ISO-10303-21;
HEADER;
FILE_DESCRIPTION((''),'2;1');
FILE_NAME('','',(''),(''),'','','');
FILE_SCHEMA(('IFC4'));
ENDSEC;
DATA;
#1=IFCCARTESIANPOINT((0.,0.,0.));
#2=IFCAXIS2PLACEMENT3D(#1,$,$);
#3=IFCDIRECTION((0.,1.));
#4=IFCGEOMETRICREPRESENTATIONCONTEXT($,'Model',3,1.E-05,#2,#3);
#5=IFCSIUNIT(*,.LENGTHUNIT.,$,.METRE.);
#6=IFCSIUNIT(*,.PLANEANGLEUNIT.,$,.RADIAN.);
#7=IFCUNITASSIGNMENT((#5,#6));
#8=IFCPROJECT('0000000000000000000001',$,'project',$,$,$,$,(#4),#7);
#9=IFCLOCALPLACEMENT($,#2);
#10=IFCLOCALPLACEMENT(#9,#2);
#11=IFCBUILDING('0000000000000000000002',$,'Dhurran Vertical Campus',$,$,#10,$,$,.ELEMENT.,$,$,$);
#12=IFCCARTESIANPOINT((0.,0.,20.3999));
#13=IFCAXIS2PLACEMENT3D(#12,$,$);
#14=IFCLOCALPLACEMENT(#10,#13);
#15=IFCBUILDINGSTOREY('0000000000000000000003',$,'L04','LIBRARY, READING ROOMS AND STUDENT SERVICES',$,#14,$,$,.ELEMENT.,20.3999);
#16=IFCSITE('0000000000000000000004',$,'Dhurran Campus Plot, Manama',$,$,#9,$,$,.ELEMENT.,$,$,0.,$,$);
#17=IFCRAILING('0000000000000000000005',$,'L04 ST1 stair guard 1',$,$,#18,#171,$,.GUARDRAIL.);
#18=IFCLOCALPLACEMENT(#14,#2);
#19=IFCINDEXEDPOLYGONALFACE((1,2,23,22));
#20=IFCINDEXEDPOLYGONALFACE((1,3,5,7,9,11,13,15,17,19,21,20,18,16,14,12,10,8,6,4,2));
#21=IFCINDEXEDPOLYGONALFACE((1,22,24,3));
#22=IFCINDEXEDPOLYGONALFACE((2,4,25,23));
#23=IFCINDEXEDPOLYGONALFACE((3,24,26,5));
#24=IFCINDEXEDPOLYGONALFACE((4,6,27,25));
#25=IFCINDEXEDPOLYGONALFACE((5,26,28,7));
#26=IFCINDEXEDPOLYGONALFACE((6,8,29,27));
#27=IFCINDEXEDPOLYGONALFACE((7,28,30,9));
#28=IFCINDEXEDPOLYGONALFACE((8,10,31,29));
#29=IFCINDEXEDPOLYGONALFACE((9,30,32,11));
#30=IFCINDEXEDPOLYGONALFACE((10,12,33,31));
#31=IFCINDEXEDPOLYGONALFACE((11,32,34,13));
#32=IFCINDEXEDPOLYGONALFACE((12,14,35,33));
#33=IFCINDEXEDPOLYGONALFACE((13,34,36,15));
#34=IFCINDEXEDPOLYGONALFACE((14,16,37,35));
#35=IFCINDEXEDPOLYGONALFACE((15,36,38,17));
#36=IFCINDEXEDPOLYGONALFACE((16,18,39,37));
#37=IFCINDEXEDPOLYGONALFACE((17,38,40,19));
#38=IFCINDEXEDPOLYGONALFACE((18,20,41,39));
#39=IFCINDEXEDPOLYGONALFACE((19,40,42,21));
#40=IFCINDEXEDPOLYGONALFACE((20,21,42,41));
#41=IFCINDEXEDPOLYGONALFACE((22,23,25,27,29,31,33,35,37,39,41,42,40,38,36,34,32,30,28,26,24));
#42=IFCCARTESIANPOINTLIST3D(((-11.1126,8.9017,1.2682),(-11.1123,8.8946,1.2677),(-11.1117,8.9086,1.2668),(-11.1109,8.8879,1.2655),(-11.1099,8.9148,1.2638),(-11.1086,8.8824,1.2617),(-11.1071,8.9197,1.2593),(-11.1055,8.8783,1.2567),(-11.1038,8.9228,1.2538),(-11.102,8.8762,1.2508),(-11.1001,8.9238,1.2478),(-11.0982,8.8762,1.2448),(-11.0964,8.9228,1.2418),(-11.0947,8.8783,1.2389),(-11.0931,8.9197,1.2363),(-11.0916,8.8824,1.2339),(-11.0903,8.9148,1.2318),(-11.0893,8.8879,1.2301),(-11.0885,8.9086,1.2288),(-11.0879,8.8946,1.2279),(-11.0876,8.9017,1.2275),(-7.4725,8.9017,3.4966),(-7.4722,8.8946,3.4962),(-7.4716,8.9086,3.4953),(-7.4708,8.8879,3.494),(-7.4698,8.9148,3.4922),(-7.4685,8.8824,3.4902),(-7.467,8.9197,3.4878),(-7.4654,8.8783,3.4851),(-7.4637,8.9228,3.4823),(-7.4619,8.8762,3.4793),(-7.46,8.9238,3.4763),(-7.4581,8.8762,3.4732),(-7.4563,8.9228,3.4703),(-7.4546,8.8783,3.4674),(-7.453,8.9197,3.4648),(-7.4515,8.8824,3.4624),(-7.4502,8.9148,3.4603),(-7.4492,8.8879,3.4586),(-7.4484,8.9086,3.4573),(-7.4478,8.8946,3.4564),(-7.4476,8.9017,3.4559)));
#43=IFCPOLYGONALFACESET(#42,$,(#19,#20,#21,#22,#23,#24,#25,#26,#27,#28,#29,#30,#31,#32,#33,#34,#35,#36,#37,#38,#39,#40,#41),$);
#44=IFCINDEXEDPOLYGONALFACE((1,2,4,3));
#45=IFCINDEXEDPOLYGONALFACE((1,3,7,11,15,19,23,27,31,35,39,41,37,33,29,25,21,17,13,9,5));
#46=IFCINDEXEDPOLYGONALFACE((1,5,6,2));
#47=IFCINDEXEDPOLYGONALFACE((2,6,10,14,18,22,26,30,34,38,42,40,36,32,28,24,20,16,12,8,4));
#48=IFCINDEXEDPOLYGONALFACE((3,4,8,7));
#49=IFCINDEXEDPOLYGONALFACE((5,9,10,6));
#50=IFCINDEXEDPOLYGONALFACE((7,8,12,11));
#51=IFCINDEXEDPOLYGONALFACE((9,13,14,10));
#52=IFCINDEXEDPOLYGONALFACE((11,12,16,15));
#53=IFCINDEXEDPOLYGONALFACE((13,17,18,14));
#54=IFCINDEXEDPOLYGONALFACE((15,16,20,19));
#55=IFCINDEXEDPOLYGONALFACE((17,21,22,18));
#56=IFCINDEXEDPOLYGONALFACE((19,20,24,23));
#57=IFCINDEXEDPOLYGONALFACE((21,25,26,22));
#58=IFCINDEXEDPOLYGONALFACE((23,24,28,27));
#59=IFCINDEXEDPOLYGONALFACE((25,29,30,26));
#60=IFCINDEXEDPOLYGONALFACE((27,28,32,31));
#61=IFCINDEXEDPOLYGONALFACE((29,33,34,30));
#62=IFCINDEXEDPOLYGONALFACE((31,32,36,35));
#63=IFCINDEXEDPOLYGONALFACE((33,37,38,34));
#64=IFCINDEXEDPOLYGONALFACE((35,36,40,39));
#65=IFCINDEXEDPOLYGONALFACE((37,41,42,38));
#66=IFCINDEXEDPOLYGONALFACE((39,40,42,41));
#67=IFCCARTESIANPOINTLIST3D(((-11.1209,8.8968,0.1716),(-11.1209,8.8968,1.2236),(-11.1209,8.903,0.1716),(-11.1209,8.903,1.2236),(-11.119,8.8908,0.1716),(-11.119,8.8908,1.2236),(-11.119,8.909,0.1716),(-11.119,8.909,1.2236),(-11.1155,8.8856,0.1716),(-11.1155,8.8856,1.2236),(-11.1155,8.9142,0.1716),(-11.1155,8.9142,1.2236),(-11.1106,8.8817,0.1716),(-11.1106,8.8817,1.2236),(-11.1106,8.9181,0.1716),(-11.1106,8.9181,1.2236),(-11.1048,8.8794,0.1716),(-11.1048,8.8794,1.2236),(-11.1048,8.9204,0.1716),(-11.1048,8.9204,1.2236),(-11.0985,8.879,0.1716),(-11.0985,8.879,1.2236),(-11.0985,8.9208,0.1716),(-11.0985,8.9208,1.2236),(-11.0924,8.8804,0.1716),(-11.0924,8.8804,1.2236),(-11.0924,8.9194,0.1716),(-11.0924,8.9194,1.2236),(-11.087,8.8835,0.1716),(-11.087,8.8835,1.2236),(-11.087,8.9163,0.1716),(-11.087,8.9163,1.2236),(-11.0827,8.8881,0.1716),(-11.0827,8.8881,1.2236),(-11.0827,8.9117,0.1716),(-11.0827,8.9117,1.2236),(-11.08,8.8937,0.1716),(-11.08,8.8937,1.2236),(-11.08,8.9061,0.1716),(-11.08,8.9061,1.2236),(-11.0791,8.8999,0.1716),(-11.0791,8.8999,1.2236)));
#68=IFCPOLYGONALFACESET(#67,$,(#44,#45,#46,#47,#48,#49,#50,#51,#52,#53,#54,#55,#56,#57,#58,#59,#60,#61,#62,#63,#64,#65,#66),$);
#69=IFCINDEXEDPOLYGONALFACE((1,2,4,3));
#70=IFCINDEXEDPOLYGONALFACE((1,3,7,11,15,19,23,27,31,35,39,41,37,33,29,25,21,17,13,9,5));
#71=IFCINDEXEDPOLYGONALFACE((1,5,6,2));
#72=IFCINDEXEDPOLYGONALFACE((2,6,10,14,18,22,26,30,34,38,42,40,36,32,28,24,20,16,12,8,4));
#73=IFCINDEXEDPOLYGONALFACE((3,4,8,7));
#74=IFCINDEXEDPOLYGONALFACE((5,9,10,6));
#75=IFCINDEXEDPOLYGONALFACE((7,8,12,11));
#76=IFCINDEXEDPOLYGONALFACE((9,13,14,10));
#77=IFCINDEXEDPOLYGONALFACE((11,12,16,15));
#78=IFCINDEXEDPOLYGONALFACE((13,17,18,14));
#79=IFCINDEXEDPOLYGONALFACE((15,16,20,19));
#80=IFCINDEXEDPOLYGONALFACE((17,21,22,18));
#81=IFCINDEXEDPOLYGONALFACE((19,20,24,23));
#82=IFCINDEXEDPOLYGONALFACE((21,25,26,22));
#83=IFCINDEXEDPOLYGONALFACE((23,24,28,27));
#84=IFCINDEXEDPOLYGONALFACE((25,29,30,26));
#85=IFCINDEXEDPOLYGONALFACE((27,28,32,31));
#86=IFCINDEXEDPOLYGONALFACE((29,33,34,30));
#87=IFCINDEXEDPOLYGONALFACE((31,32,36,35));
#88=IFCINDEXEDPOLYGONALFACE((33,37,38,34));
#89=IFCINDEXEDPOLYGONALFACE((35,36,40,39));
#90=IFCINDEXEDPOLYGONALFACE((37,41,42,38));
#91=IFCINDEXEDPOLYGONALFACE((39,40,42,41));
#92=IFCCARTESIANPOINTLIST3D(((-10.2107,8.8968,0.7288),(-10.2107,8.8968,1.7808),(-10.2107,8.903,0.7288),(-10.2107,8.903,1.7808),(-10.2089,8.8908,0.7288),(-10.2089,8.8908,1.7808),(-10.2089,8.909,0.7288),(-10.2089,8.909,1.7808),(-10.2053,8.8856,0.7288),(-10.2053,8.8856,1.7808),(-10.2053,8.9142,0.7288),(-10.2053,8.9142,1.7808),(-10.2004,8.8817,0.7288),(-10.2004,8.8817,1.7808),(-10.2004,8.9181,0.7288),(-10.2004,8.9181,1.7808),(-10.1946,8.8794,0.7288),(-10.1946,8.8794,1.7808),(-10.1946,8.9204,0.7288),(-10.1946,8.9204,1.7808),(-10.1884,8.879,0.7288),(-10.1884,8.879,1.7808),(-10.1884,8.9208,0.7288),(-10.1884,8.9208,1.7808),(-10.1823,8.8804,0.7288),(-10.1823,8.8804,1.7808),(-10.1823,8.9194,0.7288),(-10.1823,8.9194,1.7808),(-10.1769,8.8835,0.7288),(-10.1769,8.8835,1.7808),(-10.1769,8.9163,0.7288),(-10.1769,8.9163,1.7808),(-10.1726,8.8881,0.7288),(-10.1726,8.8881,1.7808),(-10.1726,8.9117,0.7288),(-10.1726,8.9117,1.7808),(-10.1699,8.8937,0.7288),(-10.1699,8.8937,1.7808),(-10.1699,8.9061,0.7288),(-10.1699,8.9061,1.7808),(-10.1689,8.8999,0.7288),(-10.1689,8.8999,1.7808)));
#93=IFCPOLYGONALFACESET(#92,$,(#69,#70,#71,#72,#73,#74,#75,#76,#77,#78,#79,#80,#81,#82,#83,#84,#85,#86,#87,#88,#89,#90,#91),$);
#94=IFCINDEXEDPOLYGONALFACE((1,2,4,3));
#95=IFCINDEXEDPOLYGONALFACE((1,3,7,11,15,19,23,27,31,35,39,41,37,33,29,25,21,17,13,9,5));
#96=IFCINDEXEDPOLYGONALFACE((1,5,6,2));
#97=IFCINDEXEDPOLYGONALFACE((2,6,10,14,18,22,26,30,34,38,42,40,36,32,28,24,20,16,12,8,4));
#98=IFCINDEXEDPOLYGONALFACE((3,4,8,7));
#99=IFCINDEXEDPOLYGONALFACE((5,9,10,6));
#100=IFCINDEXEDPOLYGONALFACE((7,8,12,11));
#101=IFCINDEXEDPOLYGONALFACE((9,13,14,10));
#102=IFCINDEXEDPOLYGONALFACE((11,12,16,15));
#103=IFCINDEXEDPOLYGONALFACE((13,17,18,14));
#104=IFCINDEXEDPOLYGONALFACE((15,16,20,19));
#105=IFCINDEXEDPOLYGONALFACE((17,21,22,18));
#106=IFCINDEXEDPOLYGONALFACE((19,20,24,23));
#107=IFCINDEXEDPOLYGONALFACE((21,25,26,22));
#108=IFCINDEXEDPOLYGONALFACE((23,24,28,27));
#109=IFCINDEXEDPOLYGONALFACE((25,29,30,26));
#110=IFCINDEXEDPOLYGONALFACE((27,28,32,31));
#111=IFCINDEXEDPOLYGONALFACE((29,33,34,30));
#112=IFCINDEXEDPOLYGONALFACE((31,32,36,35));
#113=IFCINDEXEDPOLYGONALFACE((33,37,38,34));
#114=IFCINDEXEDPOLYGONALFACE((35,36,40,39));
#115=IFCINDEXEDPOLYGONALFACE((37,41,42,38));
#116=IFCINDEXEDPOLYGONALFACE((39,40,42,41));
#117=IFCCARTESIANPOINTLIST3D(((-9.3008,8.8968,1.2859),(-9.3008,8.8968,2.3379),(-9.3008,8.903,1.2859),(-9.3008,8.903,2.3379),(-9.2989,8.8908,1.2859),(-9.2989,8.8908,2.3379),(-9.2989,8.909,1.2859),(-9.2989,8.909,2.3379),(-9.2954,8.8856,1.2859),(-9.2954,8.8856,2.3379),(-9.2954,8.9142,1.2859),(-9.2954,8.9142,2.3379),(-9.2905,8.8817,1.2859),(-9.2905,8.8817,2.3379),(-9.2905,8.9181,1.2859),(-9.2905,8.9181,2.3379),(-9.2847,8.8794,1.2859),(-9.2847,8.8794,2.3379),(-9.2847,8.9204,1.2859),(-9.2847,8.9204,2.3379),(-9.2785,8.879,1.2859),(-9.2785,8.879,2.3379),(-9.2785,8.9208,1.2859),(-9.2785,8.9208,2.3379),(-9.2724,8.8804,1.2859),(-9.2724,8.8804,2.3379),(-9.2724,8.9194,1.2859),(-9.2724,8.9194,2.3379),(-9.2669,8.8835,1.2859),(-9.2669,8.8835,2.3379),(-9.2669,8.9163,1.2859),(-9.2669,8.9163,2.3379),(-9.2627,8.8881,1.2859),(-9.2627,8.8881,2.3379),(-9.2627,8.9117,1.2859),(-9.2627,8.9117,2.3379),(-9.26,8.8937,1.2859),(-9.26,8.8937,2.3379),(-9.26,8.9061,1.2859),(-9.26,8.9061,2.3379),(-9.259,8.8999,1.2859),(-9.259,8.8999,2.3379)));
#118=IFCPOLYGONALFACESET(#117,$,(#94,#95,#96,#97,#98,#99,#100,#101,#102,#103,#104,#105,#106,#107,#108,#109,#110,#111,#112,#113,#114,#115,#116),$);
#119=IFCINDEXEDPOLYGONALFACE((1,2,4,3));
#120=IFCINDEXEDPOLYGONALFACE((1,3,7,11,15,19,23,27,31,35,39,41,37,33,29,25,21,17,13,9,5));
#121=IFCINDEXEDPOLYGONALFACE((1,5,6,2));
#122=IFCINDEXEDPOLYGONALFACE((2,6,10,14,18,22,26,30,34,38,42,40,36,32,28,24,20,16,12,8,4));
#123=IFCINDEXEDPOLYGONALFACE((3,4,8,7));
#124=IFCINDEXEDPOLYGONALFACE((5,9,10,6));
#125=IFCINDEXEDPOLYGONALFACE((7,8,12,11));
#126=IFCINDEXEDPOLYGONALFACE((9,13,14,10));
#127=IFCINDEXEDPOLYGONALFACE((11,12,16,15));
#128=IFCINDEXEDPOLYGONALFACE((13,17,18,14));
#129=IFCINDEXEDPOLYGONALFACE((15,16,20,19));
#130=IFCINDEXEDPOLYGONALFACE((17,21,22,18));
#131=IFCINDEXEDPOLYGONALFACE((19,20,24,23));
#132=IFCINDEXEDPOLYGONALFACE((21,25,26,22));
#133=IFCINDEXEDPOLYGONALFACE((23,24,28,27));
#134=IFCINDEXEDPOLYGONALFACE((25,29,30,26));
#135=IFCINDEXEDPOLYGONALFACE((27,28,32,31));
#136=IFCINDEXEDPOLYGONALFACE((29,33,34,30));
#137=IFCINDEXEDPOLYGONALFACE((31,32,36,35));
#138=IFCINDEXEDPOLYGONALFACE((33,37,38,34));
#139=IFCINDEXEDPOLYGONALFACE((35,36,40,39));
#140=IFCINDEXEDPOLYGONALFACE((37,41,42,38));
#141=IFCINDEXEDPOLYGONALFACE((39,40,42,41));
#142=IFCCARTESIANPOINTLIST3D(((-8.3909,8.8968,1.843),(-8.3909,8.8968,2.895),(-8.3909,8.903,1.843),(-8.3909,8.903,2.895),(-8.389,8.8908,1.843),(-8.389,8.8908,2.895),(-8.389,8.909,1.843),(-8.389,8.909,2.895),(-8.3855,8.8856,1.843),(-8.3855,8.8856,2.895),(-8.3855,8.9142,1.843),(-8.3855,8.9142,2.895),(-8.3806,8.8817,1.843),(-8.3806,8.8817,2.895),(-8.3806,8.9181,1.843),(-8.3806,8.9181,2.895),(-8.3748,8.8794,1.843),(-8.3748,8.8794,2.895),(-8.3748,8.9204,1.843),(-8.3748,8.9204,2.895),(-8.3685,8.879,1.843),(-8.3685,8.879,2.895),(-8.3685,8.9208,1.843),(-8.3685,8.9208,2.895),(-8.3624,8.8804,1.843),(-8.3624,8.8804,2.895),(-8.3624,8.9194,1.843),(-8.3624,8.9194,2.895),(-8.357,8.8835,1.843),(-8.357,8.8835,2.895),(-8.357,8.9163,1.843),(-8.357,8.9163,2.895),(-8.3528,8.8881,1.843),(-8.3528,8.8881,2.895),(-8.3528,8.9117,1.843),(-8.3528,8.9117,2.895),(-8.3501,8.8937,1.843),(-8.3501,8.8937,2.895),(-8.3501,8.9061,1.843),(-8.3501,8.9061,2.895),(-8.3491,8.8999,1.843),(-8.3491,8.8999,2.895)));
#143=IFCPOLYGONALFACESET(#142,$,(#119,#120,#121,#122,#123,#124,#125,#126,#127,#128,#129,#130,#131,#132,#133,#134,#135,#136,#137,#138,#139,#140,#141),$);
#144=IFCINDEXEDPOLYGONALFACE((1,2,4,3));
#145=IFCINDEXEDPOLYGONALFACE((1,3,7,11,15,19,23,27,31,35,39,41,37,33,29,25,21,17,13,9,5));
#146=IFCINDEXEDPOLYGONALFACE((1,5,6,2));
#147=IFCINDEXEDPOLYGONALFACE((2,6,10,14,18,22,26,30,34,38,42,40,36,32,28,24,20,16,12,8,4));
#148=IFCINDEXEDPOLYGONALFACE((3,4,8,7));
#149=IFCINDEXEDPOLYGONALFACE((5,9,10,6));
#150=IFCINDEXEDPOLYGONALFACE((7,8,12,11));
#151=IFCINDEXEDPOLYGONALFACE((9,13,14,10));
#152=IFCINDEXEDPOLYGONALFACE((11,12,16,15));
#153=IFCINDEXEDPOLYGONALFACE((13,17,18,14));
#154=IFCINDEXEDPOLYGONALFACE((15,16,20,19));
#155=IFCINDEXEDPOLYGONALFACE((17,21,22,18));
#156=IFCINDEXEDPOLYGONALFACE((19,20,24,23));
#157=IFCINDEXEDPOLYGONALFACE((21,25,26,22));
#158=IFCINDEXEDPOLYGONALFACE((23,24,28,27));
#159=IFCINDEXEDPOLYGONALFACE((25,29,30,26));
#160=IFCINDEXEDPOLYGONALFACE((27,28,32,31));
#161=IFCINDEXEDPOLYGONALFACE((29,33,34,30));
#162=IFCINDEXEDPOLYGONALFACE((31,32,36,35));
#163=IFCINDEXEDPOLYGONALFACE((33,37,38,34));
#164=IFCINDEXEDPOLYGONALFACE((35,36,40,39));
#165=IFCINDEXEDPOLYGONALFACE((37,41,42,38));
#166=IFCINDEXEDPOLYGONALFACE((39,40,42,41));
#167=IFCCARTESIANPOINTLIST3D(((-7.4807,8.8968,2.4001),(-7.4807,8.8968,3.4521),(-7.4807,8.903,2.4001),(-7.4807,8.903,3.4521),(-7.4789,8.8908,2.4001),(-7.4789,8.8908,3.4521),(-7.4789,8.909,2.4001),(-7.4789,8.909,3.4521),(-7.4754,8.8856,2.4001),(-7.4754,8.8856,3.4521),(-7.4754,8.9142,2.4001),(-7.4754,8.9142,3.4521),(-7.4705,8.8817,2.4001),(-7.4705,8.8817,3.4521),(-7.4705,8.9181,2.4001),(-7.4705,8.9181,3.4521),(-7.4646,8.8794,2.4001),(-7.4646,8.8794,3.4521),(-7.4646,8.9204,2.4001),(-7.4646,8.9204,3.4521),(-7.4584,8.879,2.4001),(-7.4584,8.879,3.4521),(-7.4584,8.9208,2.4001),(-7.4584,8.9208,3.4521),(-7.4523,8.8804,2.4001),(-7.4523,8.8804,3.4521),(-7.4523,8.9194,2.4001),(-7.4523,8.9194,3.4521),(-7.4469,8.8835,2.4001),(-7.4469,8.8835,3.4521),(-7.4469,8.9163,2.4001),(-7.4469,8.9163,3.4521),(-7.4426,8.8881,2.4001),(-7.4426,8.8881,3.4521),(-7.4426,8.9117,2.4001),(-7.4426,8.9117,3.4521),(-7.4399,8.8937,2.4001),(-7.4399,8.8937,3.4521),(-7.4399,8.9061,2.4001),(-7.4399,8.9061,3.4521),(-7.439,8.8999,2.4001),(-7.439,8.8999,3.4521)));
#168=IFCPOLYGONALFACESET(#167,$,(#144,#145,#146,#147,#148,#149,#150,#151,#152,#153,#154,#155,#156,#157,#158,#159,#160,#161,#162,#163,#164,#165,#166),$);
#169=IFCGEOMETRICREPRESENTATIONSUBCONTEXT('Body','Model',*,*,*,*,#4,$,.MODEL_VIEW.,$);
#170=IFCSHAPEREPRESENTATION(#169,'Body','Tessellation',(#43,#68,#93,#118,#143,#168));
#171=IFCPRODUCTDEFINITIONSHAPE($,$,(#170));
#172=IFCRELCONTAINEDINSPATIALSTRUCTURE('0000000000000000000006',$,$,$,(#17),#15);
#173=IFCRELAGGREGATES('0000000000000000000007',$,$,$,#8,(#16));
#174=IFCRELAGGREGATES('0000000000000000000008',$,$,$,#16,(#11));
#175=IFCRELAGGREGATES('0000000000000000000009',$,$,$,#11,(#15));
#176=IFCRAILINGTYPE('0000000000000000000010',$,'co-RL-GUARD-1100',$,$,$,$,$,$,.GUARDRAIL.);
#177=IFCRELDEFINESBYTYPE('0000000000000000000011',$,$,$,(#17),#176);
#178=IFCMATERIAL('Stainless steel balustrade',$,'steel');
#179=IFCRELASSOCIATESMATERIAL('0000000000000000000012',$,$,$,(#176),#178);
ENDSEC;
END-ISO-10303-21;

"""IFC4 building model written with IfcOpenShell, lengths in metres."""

from ifc_helpers import new_model, si_unit, direction, frame, origin, origin_2d, place, context, subcontext, project, spatial, circle, extrude, material, type_object, element, save


model = new_model("IFC4")

# Units and contexts
model_context = context("Model", 3, precision=1e-05, world=origin(), true_north=direction((0.0, 1.0)))
body_context = subcontext(model_context, "Body", "Model", "MODEL_VIEW")
ifc_project = project(units=[si_unit("LENGTHUNIT", "METRE"), si_unit("PLANEANGLEUNIT", "RADIAN")], contexts=[model_context])

# Site, building, storey
site_placement = place(None, origin())
site = spatial("IfcSite", under=ifc_project, at=site_placement, Name="Dhurran Campus Plot, Manama", CompositionType="ELEMENT", RefElevation=0.0)
building_placement = place(site_placement, origin())
building = spatial("IfcBuilding", under=site, at=building_placement, Name="Dhurran Vertical Campus", CompositionType="ELEMENT")
storey_placement = place(building_placement, frame((0.0, 0.0, 20.3999)))
storey = spatial("IfcBuildingStorey", under=building, at=storey_placement, Name="L04", Description="LIBRARY, READING ROOMS AND STUDENT SERVICES", CompositionType="ELEMENT", Elevation=20.3999)

# Railing
ifc_material_1 = material(Name="Stainless steel balustrade", Category="steel")
railing_type_1 = type_object("IfcRailingType", Name="co-RL-GUARD-1100", PredefinedType="GUARDRAIL", material=ifc_material_1)
railing_1_placement = place(storey_placement, frame((-11.1001, 8.8999, 0.1716)))
element("IfcRailing", 1, at=railing_1_placement, inside=storey, type_object=railing_type_1, Name="L04 ST1 stair guard 1", PredefinedType="GUARDRAIL", context=body_context, shape_type="SweptSolid", body=[
    extrude(circle(Radius=0.0239, at=origin_2d()), frame((0.0, 0.0, 1.0762), z_axis=(0.852866, 0.0, 0.52213), x_axis=(0.0, 1.0, 0.0)), (0.0, 0.0, 1.0), 4.2681),
    extrude(circle(Radius=0.021, at=origin_2d()), origin(), (0.0, 0.0, 1.0), 1.052),
    extrude(circle(Radius=0.021, at=origin_2d()), frame((0.9102, 0.0, 0.5571)), (0.0, 0.0, 1.0), 1.052),
    extrude(circle(Radius=0.021, at=origin_2d()), frame((1.8201, 0.0, 1.1143)), (0.0, 0.0, 1.0), 1.052),
    extrude(circle(Radius=0.021, at=origin_2d()), frame((2.73, 0.0, 1.6714)), (0.0, 0.0, 1.0), 1.052),
    extrude(circle(Radius=0.021, at=origin_2d()), frame((3.6401, 0.0, 2.2285)), (0.0, 0.0, 1.0), 1.052),
])

save(model, "model.ifc")
